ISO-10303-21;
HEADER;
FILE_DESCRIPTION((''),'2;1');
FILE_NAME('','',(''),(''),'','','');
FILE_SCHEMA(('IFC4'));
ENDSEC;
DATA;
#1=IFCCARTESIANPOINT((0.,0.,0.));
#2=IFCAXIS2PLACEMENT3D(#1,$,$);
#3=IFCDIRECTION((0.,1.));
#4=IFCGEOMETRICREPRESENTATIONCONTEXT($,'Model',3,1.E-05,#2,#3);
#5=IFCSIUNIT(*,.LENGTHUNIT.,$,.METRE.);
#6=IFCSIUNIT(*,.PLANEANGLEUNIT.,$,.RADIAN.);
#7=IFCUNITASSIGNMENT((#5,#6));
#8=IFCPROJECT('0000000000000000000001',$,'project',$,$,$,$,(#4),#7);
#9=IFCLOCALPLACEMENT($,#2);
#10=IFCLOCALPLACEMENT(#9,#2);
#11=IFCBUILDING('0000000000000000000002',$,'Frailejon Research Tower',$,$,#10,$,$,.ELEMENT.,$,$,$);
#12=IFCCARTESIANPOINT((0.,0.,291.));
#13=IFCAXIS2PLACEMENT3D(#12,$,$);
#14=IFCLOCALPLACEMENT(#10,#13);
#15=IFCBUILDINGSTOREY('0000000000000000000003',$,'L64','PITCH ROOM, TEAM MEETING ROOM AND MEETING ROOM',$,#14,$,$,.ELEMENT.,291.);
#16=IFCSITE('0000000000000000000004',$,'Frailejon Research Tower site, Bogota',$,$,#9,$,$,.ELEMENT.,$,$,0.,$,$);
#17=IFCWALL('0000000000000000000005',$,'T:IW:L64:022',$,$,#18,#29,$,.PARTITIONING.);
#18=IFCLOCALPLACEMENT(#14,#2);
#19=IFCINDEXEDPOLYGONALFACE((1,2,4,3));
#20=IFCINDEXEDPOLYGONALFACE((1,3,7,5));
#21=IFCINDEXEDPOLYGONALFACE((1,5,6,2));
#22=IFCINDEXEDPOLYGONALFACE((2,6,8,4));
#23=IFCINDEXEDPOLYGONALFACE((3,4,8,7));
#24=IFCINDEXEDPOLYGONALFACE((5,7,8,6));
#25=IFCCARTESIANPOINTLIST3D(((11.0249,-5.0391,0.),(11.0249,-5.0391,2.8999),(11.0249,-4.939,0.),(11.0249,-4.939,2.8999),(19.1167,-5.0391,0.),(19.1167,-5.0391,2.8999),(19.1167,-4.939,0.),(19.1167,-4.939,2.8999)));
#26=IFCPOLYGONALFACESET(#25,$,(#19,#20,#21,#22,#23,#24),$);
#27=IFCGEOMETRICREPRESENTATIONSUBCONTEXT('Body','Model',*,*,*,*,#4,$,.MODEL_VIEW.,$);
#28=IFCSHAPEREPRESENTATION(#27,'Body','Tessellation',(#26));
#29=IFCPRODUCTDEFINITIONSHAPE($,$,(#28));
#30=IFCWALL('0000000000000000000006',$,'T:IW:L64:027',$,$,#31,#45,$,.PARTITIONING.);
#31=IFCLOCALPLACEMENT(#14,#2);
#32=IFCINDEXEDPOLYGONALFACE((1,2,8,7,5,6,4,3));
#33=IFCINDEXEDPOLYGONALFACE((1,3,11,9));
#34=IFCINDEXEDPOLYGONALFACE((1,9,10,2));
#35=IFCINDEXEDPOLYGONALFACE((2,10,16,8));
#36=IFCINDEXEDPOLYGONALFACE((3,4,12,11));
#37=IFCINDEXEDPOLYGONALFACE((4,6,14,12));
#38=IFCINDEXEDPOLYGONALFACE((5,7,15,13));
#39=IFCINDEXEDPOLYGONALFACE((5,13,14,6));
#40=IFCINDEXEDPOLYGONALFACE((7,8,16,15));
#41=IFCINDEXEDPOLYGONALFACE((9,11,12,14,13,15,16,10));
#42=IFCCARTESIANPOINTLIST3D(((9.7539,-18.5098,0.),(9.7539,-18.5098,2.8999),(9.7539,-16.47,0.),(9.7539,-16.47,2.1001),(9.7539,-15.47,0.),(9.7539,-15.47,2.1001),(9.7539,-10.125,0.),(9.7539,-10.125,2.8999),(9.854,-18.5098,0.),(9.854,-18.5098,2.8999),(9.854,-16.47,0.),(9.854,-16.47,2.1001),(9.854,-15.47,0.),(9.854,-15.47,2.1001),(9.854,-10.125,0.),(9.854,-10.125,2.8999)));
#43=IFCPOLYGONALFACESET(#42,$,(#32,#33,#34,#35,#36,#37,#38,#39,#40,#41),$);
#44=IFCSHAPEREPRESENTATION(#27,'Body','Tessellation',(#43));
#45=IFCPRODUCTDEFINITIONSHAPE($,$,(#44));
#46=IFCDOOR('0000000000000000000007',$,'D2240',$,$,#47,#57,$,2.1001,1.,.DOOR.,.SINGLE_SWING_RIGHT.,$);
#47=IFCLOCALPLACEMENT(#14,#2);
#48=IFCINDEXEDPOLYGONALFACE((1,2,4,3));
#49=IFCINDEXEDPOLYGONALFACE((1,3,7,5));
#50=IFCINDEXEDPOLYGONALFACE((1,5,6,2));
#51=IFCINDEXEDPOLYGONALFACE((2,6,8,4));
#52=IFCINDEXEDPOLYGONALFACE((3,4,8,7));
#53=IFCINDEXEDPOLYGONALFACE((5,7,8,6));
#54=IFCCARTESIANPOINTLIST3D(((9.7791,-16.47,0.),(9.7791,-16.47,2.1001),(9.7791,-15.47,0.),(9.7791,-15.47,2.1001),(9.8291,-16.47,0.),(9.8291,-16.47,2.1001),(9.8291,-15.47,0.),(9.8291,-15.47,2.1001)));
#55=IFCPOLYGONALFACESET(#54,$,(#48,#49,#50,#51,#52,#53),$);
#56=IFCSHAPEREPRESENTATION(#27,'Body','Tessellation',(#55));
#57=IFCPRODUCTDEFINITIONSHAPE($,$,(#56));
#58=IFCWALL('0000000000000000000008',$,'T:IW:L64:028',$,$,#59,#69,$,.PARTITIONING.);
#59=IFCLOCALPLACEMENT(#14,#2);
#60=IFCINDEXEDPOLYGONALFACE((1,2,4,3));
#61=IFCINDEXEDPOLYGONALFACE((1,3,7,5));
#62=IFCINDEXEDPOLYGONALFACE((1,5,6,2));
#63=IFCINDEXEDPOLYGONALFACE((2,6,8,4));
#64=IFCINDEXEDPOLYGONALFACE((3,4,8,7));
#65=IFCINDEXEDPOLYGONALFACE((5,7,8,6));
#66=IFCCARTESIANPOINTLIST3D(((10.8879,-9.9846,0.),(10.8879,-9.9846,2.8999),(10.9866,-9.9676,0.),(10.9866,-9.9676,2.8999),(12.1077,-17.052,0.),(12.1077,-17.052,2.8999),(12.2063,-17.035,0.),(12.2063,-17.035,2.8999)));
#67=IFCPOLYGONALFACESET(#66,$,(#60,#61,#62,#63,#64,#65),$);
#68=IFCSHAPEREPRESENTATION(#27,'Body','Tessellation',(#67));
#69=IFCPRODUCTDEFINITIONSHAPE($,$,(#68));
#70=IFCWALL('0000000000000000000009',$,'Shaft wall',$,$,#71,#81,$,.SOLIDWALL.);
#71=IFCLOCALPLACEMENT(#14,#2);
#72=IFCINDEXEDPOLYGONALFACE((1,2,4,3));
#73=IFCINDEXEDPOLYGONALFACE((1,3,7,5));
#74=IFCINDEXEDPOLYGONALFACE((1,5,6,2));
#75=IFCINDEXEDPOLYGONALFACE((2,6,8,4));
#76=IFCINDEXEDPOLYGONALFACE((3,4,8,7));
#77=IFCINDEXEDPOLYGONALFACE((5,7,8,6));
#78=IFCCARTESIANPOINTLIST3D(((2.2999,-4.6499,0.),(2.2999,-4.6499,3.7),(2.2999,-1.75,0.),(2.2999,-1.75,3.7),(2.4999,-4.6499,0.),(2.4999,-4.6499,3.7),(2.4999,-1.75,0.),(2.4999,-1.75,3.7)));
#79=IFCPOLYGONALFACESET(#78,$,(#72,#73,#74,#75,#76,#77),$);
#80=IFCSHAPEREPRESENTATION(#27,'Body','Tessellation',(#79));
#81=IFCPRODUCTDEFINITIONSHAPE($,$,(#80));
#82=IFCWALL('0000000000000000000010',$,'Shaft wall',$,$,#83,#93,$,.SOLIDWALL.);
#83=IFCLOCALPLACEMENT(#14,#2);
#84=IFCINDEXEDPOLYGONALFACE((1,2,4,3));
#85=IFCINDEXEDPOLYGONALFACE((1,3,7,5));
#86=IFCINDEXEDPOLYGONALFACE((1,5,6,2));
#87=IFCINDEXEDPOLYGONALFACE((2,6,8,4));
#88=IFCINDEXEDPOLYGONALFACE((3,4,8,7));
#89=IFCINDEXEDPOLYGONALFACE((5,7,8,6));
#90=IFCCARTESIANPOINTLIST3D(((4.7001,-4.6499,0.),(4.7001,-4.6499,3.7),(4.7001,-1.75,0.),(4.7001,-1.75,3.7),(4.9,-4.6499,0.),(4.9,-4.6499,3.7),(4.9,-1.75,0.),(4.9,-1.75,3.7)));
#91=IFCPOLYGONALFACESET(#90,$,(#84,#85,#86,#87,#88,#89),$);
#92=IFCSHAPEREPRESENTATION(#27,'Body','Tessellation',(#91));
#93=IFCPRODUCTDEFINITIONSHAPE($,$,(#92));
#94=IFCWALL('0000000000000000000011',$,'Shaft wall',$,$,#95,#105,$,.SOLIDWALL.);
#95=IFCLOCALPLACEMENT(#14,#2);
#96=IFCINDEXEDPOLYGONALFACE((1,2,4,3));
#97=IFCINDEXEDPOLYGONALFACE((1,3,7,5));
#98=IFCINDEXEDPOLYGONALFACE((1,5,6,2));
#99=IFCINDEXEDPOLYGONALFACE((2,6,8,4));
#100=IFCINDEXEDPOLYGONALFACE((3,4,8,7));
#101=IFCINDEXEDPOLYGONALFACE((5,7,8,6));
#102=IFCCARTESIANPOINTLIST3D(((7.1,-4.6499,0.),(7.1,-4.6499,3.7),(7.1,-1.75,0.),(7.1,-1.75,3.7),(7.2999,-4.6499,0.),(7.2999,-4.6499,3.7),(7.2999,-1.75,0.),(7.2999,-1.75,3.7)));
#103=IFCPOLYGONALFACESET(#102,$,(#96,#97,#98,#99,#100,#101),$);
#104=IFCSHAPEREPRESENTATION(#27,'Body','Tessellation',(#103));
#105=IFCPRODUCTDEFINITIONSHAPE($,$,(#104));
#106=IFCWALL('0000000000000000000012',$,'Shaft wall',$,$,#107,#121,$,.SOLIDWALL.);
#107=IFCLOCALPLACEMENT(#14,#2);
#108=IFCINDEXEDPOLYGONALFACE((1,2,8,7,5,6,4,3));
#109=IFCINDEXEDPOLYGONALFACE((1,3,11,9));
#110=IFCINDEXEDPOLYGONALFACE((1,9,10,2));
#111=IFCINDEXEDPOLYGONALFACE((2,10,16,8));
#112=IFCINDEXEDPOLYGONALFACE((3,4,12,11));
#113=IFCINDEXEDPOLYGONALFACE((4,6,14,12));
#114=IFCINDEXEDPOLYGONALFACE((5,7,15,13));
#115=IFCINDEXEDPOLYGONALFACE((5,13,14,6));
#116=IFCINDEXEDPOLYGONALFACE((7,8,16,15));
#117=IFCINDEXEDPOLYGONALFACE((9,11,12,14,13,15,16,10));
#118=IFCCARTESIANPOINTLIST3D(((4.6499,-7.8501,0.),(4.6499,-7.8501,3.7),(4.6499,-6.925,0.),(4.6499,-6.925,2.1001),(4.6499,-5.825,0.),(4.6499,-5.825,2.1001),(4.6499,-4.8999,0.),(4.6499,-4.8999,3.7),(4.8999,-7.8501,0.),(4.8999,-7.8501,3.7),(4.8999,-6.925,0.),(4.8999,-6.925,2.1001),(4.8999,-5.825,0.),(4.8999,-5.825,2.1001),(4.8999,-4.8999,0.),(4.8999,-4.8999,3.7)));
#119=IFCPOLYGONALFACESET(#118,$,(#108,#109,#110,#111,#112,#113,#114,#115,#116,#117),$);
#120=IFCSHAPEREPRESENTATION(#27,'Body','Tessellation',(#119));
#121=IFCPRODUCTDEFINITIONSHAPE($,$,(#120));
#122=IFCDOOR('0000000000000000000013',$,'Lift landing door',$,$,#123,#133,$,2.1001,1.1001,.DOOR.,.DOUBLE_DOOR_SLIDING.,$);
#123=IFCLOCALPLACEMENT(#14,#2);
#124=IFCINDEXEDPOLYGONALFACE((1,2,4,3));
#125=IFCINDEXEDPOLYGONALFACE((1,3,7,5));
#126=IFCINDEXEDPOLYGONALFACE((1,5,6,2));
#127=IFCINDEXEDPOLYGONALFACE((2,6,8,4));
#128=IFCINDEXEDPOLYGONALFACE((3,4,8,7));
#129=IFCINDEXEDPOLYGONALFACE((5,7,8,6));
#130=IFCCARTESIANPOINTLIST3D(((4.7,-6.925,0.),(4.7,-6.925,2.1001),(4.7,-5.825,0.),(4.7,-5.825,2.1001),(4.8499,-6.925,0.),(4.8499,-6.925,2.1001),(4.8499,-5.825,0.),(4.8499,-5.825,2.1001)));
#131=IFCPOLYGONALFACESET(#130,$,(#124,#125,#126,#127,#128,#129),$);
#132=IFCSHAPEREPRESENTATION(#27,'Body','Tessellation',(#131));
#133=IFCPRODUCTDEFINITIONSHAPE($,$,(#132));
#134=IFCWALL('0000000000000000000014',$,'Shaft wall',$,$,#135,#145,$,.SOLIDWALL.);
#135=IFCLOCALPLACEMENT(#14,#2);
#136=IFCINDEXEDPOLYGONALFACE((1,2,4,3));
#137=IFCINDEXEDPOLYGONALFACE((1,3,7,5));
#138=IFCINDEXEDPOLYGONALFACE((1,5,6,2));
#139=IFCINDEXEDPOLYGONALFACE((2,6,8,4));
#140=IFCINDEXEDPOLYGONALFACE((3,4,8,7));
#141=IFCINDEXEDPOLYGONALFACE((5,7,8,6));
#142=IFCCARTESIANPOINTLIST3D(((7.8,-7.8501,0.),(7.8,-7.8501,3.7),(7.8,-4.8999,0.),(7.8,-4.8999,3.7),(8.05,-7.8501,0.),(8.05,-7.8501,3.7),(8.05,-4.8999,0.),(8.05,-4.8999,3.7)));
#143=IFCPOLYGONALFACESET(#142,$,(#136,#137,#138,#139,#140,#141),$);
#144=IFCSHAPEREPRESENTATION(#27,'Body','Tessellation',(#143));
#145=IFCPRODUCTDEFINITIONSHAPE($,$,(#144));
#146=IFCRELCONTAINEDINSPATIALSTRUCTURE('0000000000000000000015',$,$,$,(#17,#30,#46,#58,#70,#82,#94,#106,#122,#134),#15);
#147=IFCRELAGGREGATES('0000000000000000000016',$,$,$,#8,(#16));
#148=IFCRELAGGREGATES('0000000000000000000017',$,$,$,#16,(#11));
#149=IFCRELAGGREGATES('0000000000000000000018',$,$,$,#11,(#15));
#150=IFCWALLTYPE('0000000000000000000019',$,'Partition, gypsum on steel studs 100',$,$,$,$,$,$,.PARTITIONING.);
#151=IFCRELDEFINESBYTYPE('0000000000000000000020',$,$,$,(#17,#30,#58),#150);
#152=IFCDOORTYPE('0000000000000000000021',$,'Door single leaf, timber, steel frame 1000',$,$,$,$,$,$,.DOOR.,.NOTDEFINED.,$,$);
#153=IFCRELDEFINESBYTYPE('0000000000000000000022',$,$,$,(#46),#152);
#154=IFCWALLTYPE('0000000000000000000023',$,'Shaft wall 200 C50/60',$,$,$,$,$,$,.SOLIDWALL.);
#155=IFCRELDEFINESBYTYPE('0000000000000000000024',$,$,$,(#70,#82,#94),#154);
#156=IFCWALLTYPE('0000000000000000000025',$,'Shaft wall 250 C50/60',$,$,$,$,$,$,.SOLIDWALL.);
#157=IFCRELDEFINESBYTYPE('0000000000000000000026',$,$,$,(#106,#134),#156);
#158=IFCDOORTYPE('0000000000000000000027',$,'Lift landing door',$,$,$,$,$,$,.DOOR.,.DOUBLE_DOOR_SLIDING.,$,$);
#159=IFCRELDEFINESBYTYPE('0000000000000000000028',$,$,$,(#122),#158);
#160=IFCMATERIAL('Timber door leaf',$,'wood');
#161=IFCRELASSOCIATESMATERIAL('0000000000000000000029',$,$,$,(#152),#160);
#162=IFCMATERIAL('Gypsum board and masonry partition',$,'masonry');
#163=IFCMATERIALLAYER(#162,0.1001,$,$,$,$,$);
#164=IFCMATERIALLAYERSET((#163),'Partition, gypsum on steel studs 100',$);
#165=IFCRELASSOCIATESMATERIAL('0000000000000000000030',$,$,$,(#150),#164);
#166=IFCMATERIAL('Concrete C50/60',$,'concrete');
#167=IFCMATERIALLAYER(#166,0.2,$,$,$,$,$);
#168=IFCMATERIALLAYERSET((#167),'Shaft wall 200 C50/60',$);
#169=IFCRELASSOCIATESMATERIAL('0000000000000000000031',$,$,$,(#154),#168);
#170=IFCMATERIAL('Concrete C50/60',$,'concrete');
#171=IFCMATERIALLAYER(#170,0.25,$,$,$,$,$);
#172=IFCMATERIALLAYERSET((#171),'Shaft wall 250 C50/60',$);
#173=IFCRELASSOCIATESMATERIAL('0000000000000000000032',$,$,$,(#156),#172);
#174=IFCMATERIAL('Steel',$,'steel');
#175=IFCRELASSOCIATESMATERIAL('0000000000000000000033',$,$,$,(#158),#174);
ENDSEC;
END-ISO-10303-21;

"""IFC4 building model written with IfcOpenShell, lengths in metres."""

from ifc_helpers import new_model, si_unit, direction, frame, frame_2d, origin, place, context, subcontext, project, spatial, rectangle, extrude, material, layer, layer_set, type_object, element, fill, save


model = new_model("IFC4")

# Units and contexts
model_context = context("Model", 3, precision=1e-05, world=origin(), true_north=direction((0.0, 1.0)))
body_context = subcontext(model_context, "Body", "Model", "MODEL_VIEW")
ifc_project = project(units=[si_unit("LENGTHUNIT", "METRE"), si_unit("PLANEANGLEUNIT", "RADIAN")], contexts=[model_context])

# Site, building, storey
site_placement = place(None, origin())
site = spatial("IfcSite", under=ifc_project, at=site_placement, Name="Frailejon Research Tower site, Bogota", CompositionType="ELEMENT", RefElevation=0.0)
building_placement = place(site_placement, origin())
building = spatial("IfcBuilding", under=site, at=building_placement, Name="Frailejon Research Tower", CompositionType="ELEMENT")
storey_placement = place(building_placement, frame((0.0, 0.0, 291.0)))
storey = spatial("IfcBuildingStorey", under=building, at=storey_placement, Name="L64", Description="PITCH ROOM, TEAM MEETING ROOM AND MEETING ROOM", CompositionType="ELEMENT", Elevation=291.0)

# Shared definitions
ifc_material_1 = material(Name="Timber door leaf", Category="wood")
door_type_1 = type_object("IfcDoorType", Name="Door single leaf, timber, steel frame 1000", OperationType="NOTDEFINED", PredefinedType="DOOR", material=ifc_material_1)

# Wall
ifc_material_2 = material(Name="Gypsum board and masonry partition", Category="masonry")
ifc_layer_1 = layer(ifc_material_2, 0.1001)
ifc_layer_set_1 = layer_set([ifc_layer_1], Name="Partition, gypsum on steel studs 100")
wall_type_1 = type_object("IfcWallType", Name="Partition, gypsum on steel studs 100", PredefinedType="PARTITIONING", material=ifc_layer_set_1)
wall_1_placement = place(storey_placement, frame((11.0249, -4.989, 0.0), z_axis=(0.0, 0.0, 1.0), x_axis=(1.0, 0.0, 0.0)))
element("IfcWall", 1, at=wall_1_placement, inside=storey, type_object=wall_type_1, Name="T:IW:L64:022", PredefinedType="PARTITIONING", context=body_context, shape_type="SweptSolid", body=[
    extrude(rectangle(XDim=8.0918, YDim=0.1001, at=frame_2d((4.0459, 0.0))), origin(), (0.0, 0.0, 1.0), 2.8999),
])

# Wall, opening, door
wall_2_placement = place(storey_placement, frame((9.804, -18.5098, 0.0), z_axis=(0.0, 0.0, 1.0), x_axis=(0.0, 1.0, 0.0)))
wall_2 = element("IfcWall", 2, at=wall_2_placement, inside=storey, type_object=wall_type_1, Name="T:IW:L64:027", PredefinedType="PARTITIONING", context=body_context, shape_type="SweptSolid", body=[
    extrude(rectangle(XDim=8.3848, YDim=0.1001, at=frame_2d((4.1924, 0.0))), origin(), (0.0, 0.0, 1.0), 2.8999),
])
opening_1_placement = place(wall_2_placement, frame((2.0398, 0.0, 0.0)))
opening_1 = element("IfcOpeningElement", 3, at=opening_1_placement, cuts=wall_2, PredefinedType="OPENING", context=body_context, shape_type="SweptSolid", body=[
    extrude(rectangle(XDim=1.0, YDim=2.1001, at=frame_2d((0.5, 1.05))), frame((0.0, 0.0601, 0.0), z_axis=(0.0, -1.0, 0.0), x_axis=(1.0, 0.0, 0.0)), (0.0, 0.0, 1.0), 0.1201),
])
door_1_placement = place(opening_1_placement, origin())
door_1 = element("IfcDoor", 4, at=door_1_placement, inside=storey, type_object=door_type_1, Name="D2240", OperationType="SINGLE_SWING_RIGHT", OverallHeight=2.1001, OverallWidth=1.0, PredefinedType="DOOR", context=body_context, shape_type="SweptSolid", body=[
    extrude(rectangle(XDim=1.0, YDim=2.1001, at=frame_2d((0.5, 1.05))), frame((0.0, 0.0249, 0.0), z_axis=(0.0, -1.0, 0.0), x_axis=(1.0, 0.0, 0.0)), (0.0, 0.0, 1.0), 0.05),
])
fill(opening_1, door_1)

# Walls
wall_3_placement = place(storey_placement, frame((10.9373, -9.9761, 0.0), z_axis=(0.0, 0.0, 1.0), x_axis=(0.170071, -0.985432, 0.0)))
element("IfcWall", 5, at=wall_3_placement, inside=storey, type_object=wall_type_1, Name="T:IW:L64:028", PredefinedType="PARTITIONING", context=body_context, shape_type="SweptSolid", body=[
    extrude(rectangle(XDim=7.1719, YDim=0.1001, at=frame_2d((3.5859, 0.0))), origin(), (0.0, 0.0, 1.0), 2.8999),
])
ifc_material_3 = material(Name="Concrete C50/60", Category="concrete")
ifc_layer_2 = layer(ifc_material_3, 0.2)
ifc_layer_set_2 = layer_set([ifc_layer_2], Name="Shaft wall 200 C50/60")
wall_type_2 = type_object("IfcWallType", Name="Shaft wall 200 C50/60", PredefinedType="SOLIDWALL", material=ifc_layer_set_2)
for number, where, z_axis, x_axis, name in (
    (6, (2.3999, -4.6499, 0.0), (0.0, 0.0, 1.0), (0.0, 1.0, 0.0), "Shaft wall"),
    (7, (4.8, -4.6499, 0.0), (0.0, 0.0, 1.0), (0.0, 1.0, 0.0), "Shaft wall"),
    (8, (7.2, -4.6499, 0.0), (0.0, 0.0, 1.0), (0.0, 1.0, 0.0), "Shaft wall"),
):
    element("IfcWall", number, at=place(storey_placement, frame(where, z_axis=z_axis, x_axis=x_axis)), inside=storey, type_object=wall_type_2, Name=name, PredefinedType="SOLIDWALL", context=body_context, shape_type="SweptSolid", body=[
        extrude(rectangle(XDim=2.8999, YDim=0.2, at=frame_2d((1.45, 0.0))), origin(), (0.0, 0.0, 1.0), 3.7),
    ])

# Wall, opening, door
ifc_material_4 = material(Name="Concrete C50/60", Category="concrete")
ifc_layer_3 = layer(ifc_material_4, 0.25)
ifc_layer_set_3 = layer_set([ifc_layer_3], Name="Shaft wall 250 C50/60")
wall_type_3 = type_object("IfcWallType", Name="Shaft wall 250 C50/60", PredefinedType="SOLIDWALL", material=ifc_layer_set_3)
wall_4_placement = place(storey_placement, frame((4.7749, -7.8501, 0.0), z_axis=(0.0, 0.0, 1.0), x_axis=(0.0, 1.0, 0.0)))
wall_4 = element("IfcWall", 9, at=wall_4_placement, inside=storey, type_object=wall_type_3, Name="Shaft wall", PredefinedType="SOLIDWALL", context=body_context, shape_type="SweptSolid", body=[
    extrude(rectangle(XDim=2.9502, YDim=0.25, at=frame_2d((1.4751, 0.0))), origin(), (0.0, 0.0, 1.0), 3.7),
])
opening_2_placement = place(wall_4_placement, frame((0.925, 0.0, 0.0)))
opening_2 = element("IfcOpeningElement", 10, at=opening_2_placement, cuts=wall_4, PredefinedType="OPENING", context=body_context, shape_type="SweptSolid", body=[
    extrude(rectangle(XDim=1.1001, YDim=2.1001, at=frame_2d((0.55, 1.05))), frame((0.0, 0.135, 0.0), z_axis=(0.0, -1.0, 0.0), x_axis=(1.0, 0.0, 0.0)), (0.0, 0.0, 1.0), 0.27),
])
ifc_material_5 = material(Name="Steel", Category="steel")
door_type_2 = type_object("IfcDoorType", Name="Lift landing door", OperationType="DOUBLE_DOOR_SLIDING", PredefinedType="DOOR", material=ifc_material_5)
door_2_placement = place(opening_2_placement, origin())
door_2 = element("IfcDoor", 11, at=door_2_placement, inside=storey, type_object=door_type_2, Name="Lift landing door", OperationType="DOUBLE_DOOR_SLIDING", OverallHeight=2.1001, OverallWidth=1.1001, PredefinedType="DOOR", context=body_context, shape_type="SweptSolid", body=[
    extrude(rectangle(XDim=1.1001, YDim=2.1001, at=frame_2d((0.55, 1.05))), frame((0.0, 0.075, 0.0), z_axis=(0.0, -1.0, 0.0), x_axis=(1.0, 0.0, 0.0)), (0.0, 0.0, 1.0), 0.1499),
])
fill(opening_2, door_2)

# Wall
wall_5_placement = place(storey_placement, frame((7.925, -7.8501, 0.0), z_axis=(0.0, 0.0, 1.0), x_axis=(0.0, 1.0, 0.0)))
element("IfcWall", 12, at=wall_5_placement, inside=storey, type_object=wall_type_3, Name="Shaft wall", PredefinedType="SOLIDWALL", context=body_context, shape_type="SweptSolid", body=[
    extrude(rectangle(XDim=2.9502, YDim=0.25, at=frame_2d((1.4751, 0.0))), origin(), (0.0, 0.0, 1.0), 3.7),
])

save(model, "model.ifc")
